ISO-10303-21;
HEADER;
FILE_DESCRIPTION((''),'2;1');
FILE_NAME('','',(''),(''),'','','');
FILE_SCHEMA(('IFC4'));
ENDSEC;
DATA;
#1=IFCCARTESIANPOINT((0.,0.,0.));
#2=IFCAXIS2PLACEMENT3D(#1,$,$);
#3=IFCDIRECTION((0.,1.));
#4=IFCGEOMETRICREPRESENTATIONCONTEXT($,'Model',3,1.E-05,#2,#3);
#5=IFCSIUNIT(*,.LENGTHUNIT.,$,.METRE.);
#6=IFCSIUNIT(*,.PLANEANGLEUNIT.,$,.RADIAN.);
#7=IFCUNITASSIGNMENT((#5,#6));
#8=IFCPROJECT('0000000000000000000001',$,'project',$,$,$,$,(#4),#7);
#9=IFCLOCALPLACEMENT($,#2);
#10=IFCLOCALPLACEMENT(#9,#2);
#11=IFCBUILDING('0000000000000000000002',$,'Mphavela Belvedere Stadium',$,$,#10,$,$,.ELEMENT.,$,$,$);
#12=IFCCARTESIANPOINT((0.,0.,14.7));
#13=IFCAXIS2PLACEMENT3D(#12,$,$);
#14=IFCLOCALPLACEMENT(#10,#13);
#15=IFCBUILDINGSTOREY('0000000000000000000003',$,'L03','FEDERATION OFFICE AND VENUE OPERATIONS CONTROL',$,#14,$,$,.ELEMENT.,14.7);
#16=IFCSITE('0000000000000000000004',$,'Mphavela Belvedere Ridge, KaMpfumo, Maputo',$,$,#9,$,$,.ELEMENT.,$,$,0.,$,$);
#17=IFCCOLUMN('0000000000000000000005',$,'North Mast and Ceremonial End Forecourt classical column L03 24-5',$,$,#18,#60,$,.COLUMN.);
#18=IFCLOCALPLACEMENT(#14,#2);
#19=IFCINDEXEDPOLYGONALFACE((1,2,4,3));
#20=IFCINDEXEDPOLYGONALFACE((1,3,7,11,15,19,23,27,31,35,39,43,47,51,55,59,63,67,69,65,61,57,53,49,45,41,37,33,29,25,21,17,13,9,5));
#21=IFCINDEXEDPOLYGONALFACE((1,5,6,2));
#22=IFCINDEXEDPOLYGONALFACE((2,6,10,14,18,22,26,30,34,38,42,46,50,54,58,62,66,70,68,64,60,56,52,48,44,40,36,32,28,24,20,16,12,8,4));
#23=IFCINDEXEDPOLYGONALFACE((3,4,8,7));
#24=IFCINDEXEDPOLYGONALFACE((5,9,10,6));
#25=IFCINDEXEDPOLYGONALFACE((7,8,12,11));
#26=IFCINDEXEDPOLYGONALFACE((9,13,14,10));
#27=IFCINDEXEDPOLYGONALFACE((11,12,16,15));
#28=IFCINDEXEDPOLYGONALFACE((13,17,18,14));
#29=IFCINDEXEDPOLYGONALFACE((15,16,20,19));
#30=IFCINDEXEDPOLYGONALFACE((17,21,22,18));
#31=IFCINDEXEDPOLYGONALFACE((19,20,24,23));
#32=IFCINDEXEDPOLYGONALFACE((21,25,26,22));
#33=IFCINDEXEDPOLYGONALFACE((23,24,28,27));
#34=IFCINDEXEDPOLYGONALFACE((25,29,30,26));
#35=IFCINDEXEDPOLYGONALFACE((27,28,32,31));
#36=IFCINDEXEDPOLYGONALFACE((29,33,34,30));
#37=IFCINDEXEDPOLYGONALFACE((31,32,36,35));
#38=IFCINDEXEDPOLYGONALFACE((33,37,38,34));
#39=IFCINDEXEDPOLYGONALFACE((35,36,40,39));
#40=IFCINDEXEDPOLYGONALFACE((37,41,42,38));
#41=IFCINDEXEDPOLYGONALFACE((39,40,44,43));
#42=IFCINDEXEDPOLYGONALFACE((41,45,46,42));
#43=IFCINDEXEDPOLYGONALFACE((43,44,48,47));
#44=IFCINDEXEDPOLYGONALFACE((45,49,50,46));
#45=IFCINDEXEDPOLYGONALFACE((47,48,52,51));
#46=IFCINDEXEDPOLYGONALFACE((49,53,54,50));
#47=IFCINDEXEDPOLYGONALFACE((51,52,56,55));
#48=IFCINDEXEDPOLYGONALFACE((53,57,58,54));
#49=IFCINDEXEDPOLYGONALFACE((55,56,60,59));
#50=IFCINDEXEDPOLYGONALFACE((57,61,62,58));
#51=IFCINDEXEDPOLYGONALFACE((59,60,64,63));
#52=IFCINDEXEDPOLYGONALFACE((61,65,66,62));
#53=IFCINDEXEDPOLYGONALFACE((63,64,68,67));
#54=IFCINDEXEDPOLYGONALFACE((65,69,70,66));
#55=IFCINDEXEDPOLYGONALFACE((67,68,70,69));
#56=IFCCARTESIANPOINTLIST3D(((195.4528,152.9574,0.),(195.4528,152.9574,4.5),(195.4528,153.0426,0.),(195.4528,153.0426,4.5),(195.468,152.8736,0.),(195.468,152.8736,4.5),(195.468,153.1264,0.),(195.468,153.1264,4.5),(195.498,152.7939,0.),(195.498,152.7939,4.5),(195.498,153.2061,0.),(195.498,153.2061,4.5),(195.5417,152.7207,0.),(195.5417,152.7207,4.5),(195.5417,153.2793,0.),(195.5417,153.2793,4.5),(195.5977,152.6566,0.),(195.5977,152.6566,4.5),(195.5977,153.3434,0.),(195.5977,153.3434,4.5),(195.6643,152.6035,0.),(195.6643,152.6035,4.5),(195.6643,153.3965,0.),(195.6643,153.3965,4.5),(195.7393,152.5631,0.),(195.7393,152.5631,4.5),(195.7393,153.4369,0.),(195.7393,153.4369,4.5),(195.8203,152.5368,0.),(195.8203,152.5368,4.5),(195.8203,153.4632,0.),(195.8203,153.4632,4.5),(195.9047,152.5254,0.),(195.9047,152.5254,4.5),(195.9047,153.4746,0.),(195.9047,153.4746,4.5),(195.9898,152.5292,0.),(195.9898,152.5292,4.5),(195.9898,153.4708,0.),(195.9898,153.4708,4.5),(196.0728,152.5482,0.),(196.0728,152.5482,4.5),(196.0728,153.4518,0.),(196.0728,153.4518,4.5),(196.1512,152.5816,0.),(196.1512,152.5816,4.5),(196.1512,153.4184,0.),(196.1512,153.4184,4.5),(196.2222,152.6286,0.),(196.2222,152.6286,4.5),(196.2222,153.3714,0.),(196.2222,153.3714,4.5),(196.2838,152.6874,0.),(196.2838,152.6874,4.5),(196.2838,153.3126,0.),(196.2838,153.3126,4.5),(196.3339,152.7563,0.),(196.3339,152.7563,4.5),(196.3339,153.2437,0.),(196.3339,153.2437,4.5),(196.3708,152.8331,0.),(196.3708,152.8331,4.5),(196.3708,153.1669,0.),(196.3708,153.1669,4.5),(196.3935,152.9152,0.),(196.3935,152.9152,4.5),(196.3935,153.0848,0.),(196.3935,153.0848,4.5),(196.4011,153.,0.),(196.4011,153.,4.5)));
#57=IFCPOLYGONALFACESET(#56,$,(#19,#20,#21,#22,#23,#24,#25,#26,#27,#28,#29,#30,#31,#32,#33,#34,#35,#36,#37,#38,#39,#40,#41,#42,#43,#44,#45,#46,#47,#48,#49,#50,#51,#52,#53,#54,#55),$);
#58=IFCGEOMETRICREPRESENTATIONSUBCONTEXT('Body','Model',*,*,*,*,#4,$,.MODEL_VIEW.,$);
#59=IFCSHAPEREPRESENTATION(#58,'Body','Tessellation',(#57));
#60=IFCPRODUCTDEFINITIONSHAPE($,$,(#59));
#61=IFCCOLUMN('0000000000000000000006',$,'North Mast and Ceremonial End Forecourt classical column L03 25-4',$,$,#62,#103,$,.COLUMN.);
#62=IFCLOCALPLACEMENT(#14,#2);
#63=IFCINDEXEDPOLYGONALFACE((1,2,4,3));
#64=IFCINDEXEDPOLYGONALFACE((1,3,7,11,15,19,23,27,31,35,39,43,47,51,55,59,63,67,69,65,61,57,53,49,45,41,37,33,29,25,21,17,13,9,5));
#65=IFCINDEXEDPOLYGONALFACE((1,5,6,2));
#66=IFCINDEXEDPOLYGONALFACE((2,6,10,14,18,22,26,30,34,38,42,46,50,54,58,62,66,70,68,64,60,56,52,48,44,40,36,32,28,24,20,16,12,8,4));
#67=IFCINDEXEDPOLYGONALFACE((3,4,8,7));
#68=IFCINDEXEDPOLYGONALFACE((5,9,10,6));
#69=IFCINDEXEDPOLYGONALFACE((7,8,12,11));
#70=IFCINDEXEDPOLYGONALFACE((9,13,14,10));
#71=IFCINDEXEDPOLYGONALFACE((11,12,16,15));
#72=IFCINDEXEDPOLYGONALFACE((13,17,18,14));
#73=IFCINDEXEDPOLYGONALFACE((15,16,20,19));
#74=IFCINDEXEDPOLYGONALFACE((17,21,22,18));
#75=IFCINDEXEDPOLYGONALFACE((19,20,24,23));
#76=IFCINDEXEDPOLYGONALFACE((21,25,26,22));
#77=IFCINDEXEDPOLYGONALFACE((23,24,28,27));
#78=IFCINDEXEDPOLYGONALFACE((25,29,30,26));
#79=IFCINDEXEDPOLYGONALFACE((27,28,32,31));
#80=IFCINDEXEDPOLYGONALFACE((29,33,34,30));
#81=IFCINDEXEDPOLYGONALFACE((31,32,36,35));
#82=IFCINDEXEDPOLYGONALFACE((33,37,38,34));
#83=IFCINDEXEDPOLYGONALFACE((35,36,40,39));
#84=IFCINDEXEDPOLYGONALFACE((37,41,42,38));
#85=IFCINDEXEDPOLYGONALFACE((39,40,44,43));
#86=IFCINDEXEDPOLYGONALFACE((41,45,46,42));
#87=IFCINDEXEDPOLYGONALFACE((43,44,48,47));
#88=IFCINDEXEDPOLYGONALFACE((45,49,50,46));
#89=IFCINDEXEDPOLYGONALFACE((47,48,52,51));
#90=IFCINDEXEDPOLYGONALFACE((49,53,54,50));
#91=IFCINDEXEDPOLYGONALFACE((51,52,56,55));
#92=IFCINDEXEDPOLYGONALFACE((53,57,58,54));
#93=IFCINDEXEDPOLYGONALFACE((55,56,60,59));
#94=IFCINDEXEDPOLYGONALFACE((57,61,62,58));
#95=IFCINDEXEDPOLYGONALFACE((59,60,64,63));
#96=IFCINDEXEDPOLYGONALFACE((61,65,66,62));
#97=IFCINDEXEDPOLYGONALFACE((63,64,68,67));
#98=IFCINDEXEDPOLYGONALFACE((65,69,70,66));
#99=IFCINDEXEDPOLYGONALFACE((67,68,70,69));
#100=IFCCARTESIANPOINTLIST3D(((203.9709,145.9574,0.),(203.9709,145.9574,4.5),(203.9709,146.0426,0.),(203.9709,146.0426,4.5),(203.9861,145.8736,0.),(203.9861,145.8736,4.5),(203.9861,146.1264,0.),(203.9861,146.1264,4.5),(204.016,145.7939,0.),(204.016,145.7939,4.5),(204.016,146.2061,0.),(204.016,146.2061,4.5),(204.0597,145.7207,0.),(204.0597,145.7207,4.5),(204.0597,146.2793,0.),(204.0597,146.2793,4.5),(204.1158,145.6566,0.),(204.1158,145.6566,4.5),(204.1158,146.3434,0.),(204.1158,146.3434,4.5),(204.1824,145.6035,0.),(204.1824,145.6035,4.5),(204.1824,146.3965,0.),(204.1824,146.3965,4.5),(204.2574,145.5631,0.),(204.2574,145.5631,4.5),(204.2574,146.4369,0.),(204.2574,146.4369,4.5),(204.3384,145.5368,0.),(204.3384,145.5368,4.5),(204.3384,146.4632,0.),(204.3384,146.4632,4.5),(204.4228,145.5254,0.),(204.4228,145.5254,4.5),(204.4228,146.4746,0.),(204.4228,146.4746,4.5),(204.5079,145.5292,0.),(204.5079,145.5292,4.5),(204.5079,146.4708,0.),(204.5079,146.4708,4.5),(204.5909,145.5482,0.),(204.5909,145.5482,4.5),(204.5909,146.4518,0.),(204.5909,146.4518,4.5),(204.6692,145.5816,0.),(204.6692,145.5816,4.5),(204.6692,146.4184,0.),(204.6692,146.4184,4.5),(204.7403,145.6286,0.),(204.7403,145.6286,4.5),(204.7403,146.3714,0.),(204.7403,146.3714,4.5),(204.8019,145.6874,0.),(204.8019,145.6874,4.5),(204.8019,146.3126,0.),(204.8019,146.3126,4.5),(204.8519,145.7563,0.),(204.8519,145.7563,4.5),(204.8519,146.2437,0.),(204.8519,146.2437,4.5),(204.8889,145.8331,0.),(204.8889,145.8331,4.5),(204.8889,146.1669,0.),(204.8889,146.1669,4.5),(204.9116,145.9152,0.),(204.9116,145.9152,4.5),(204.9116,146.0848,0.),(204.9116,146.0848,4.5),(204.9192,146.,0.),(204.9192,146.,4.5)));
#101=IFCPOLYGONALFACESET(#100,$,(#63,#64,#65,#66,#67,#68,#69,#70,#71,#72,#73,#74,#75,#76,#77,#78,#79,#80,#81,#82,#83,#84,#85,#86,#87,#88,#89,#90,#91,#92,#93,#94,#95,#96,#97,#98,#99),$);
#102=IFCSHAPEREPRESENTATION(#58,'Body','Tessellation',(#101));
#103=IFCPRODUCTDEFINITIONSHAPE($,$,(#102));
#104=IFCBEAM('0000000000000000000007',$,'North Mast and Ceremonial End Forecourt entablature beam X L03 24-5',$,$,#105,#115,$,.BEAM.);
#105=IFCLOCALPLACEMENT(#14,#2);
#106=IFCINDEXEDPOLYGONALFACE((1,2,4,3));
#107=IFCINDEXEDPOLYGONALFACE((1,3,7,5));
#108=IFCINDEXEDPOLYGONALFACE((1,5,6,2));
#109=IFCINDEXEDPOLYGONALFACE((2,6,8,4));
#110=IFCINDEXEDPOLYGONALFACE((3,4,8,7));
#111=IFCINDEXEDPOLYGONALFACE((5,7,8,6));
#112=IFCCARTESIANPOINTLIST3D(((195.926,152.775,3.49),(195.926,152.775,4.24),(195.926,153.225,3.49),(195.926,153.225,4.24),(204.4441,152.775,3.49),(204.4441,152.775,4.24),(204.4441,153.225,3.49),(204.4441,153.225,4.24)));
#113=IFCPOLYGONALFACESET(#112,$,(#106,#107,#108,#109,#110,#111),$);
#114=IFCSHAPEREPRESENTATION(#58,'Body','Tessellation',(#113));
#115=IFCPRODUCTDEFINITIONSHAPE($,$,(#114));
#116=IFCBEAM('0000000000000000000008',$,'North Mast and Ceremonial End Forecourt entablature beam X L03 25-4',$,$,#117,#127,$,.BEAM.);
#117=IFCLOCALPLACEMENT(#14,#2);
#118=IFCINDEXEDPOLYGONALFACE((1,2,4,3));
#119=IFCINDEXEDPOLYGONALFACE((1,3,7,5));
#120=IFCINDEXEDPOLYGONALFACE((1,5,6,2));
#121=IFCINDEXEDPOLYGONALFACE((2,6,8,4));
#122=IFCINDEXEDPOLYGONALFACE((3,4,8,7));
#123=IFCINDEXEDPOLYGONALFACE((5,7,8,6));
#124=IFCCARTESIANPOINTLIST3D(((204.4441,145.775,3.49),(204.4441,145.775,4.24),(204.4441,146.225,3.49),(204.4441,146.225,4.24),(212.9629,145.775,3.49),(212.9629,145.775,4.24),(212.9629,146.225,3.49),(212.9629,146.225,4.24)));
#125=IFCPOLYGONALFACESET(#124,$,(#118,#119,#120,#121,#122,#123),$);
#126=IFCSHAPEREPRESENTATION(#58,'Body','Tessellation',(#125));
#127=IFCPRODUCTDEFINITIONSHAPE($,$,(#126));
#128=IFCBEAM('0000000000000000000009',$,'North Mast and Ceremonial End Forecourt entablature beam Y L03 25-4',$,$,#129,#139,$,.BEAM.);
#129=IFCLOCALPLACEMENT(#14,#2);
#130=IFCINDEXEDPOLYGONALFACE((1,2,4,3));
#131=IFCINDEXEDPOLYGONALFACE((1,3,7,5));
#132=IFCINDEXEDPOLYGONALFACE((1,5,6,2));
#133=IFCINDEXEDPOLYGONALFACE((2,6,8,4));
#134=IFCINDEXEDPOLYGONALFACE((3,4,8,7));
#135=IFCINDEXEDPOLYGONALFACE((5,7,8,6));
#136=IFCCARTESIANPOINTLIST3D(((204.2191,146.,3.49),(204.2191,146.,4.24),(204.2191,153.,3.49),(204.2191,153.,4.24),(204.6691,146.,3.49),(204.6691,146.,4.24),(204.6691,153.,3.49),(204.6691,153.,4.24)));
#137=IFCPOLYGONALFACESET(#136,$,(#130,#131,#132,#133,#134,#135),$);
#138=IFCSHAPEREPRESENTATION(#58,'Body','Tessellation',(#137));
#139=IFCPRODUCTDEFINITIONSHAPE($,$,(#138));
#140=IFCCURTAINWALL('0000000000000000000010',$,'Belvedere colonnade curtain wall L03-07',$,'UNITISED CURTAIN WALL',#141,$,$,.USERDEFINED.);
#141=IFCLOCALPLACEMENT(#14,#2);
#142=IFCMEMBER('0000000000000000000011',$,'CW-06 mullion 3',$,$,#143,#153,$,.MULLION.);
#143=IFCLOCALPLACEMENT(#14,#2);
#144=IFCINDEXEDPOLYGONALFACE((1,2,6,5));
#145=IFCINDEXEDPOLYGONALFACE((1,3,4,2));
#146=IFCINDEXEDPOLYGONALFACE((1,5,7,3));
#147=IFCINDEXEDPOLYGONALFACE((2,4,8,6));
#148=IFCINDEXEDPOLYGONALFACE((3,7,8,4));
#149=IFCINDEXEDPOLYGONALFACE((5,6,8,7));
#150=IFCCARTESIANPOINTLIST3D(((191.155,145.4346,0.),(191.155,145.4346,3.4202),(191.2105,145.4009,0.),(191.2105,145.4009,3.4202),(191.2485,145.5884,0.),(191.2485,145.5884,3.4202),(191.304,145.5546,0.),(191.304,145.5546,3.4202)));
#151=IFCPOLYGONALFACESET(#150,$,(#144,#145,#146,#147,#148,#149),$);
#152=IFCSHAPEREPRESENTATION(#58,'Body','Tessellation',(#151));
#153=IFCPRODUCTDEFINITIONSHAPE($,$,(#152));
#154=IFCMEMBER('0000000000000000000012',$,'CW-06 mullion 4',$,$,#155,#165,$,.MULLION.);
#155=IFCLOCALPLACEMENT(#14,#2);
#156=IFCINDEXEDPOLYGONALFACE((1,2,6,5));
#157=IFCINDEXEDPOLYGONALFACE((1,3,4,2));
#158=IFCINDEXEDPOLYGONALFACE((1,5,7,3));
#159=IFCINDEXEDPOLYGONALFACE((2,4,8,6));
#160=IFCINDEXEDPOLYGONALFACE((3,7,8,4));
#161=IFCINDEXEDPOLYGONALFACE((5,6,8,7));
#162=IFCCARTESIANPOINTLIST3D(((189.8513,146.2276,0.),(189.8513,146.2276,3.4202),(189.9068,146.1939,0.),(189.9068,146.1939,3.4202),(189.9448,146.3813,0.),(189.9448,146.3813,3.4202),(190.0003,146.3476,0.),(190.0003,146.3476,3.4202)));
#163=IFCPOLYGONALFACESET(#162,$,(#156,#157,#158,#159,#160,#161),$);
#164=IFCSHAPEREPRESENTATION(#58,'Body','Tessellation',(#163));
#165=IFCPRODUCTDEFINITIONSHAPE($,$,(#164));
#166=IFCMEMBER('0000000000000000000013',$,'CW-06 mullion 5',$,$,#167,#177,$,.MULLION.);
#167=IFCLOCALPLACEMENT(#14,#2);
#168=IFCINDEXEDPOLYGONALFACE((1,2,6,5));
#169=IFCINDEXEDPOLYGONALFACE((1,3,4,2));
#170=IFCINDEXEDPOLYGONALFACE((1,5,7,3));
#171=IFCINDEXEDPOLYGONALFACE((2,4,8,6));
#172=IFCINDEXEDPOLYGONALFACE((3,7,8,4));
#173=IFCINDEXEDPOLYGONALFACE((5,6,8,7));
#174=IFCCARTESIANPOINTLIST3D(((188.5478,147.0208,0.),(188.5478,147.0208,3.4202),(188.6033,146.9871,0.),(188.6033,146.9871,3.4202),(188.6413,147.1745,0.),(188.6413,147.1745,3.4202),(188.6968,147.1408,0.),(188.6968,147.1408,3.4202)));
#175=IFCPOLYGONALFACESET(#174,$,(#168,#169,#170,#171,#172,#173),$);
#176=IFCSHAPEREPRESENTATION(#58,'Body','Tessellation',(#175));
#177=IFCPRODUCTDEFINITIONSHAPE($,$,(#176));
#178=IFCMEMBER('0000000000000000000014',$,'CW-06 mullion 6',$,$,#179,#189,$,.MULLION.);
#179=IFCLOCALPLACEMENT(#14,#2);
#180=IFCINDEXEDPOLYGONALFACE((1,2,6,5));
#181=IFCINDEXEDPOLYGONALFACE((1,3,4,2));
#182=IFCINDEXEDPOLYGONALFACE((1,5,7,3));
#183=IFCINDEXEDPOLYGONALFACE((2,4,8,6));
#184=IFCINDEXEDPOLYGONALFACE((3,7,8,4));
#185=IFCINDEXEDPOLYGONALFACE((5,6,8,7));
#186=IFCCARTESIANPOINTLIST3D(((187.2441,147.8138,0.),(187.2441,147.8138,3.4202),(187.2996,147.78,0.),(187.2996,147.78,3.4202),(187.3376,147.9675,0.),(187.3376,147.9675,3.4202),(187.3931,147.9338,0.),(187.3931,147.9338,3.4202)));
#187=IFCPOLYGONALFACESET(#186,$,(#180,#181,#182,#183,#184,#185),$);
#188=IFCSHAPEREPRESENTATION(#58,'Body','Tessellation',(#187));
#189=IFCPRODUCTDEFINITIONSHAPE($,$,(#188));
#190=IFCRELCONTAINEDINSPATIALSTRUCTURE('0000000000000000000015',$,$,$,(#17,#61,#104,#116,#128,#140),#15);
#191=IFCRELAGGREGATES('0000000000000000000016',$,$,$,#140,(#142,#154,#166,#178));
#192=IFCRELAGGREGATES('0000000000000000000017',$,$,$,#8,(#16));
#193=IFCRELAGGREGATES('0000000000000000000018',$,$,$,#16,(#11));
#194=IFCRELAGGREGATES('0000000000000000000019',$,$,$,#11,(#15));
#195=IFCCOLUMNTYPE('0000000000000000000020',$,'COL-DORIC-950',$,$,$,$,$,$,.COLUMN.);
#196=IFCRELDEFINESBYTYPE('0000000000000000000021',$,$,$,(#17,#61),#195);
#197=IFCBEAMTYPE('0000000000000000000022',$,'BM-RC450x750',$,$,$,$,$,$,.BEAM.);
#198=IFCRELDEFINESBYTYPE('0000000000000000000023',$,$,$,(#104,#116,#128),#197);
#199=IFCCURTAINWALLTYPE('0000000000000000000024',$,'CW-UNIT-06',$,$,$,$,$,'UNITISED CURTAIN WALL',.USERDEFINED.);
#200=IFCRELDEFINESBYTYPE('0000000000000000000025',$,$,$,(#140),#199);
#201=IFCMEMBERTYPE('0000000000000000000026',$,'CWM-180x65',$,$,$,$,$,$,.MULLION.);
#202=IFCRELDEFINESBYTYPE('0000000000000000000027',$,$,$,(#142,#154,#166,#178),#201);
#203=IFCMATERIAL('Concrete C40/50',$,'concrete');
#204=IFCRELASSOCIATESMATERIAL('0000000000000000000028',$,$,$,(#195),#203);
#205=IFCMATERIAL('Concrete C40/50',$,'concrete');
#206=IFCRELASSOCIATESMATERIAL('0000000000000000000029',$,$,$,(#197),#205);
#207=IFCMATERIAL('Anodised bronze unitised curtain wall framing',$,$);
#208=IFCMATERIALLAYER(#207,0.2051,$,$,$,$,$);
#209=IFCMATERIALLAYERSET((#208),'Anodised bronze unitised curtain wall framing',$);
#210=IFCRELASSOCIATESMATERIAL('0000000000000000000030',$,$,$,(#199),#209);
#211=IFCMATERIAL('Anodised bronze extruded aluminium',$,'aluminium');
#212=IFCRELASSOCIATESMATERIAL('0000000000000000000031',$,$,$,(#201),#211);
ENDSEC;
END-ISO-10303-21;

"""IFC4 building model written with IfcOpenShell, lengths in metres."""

from ifc_helpers import new_model, si_unit, direction, frame, origin, origin_2d, place, context, subcontext, project, spatial, rectangle, circle, extrude, material, layer, layer_set, material_profile, profile_set, type_object, element, aggregate, save


model = new_model("IFC4")

# Units and contexts
model_context = context("Model", 3, precision=1e-05, world=origin(), true_north=direction((0.0, 1.0)))
body_context = subcontext(model_context, "Body", "Model", "MODEL_VIEW")
ifc_project = project(units=[si_unit("LENGTHUNIT", "METRE"), si_unit("PLANEANGLEUNIT", "RADIAN")], contexts=[model_context])

# Site, building, storey
site_placement = place(None, origin())
site = spatial("IfcSite", under=ifc_project, at=site_placement, Name="Mphavela Belvedere Ridge, KaMpfumo, Maputo", CompositionType="ELEMENT", RefElevation=0.0)
building_placement = place(site_placement, origin())
building = spatial("IfcBuilding", under=site, at=building_placement, Name="Mphavela Belvedere Stadium", CompositionType="ELEMENT")
storey_placement = place(building_placement, frame((0.0, 0.0, 14.7)))
storey = spatial("IfcBuildingStorey", under=building, at=storey_placement, Name="L03", Description="FEDERATION OFFICE AND VENUE OPERATIONS CONTROL", CompositionType="ELEMENT", Elevation=14.7)

# Columns
ifc_material_1 = material(Name="Concrete C40/50", Category="concrete")
ifc_material_profile_1 = material_profile(ifc_material_1, circle(Radius=0.4751, at=origin_2d()), Name="COL D950")
ifc_profile_set_1 = profile_set([ifc_material_profile_1], Name="Concrete C40/50")
column_type = type_object("IfcColumnType", Name="COL-DORIC-950", PredefinedType="COLUMN", material=ifc_profile_set_1)
for number, where, z_axis, x_axis, name in (
    (1, (195.926, 153.0, 0.0), (0.0, 0.0, 1.0), (1.0, 0.0, 0.0), "North Mast and Ceremonial End Forecourt classical column L03 24-5"),
    (2, (204.4441, 146.0, 0.0), (0.0, 0.0, 1.0), (1.0, 0.0, 0.0), "North Mast and Ceremonial End Forecourt classical column L03 25-4"),
):
    element("IfcColumn", number, at=place(storey_placement, frame(where, z_axis=z_axis, x_axis=x_axis)), inside=storey, type_object=column_type, Name=name, PredefinedType="COLUMN", context=body_context, shape_type="SweptSolid", body=[
        extrude(circle(Radius=0.4751, at=origin_2d()), origin(), (0.0, 0.0, 1.0), 4.5),
    ])

# Beams
ifc_material_2 = material(Name="Concrete C40/50", Category="concrete")
ifc_material_profile_2 = material_profile(ifc_material_2, rectangle(XDim=0.45, YDim=0.75, at=origin_2d()), Name="RC 450x750")
ifc_profile_set_2 = profile_set([ifc_material_profile_2], Name="Concrete C40/50")
beam_type = type_object("IfcBeamType", Name="BM-RC450x750", PredefinedType="BEAM", material=ifc_profile_set_2)
beam_1_placement = place(storey_placement, frame((195.926, 153.0, 3.865), z_axis=(1.0, 0.0, 0.0), x_axis=(0.0, 1.0, 0.0)))
element("IfcBeam", 3, at=beam_1_placement, inside=storey, type_object=beam_type, Name="North Mast and Ceremonial End Forecourt entablature beam X L03 24-5", PredefinedType="BEAM", context=body_context, shape_type="SweptSolid", body=[
    extrude(rectangle(XDim=0.45, YDim=0.75, at=origin_2d()), origin(), (0.0, 0.0, 1.0), 8.5181),
])
beam_2_placement = place(storey_placement, frame((204.4441, 146.0, 3.865), z_axis=(1.0, 0.0, 0.0), x_axis=(0.0, 1.0, 0.0)))
element("IfcBeam", 4, at=beam_2_placement, inside=storey, type_object=beam_type, Name="North Mast and Ceremonial End Forecourt entablature beam X L03 25-4", PredefinedType="BEAM", context=body_context, shape_type="SweptSolid", body=[
    extrude(rectangle(XDim=0.45, YDim=0.75, at=origin_2d()), origin(), (0.0, 0.0, 1.0), 8.5188),
])
beam_3_placement = place(storey_placement, frame((204.4441, 146.0, 3.865), z_axis=(0.0, 1.0, 0.0), x_axis=(-1.0, 0.0, 0.0)))
element("IfcBeam", 5, at=beam_3_placement, inside=storey, type_object=beam_type, Name="North Mast and Ceremonial End Forecourt entablature beam Y L03 25-4", PredefinedType="BEAM", context=body_context, shape_type="SweptSolid", body=[
    extrude(rectangle(XDim=0.45, YDim=0.75, at=origin_2d()), origin(), (0.0, 0.0, 1.0), 7.0),
])

# Curtain wall, members
ifc_material_3 = material(Name="Anodised bronze unitised curtain wall framing")
ifc_layer_1 = layer(ifc_material_3, 0.2051)
ifc_layer_set_1 = layer_set([ifc_layer_1], Name="Anodised bronze unitised curtain wall framing")
curtain_wall_type = type_object("IfcCurtainWallType", Name="CW-UNIT-06", ElementType="UNITISED CURTAIN WALL", PredefinedType="USERDEFINED", material=ifc_layer_set_1)
curtain_wall_placement = place(storey_placement, origin())
curtain_wall = element("IfcCurtainWall", 6, at=curtain_wall_placement, inside=storey, type_object=curtain_wall_type, Name="Belvedere colonnade curtain wall L03-07", ObjectType="UNITISED CURTAIN WALL", PredefinedType="USERDEFINED")
ifc_material_4 = material(Name="Anodised bronze extruded aluminium", Category="aluminium")
ifc_material_profile_3 = material_profile(ifc_material_4, rectangle(XDim=0.1799, YDim=0.0649, at=origin_2d()), Name="CW-MUL 180x65")
ifc_profile_set_3 = profile_set([ifc_material_profile_3], Name="Anodised bronze extruded aluminium")
member_type_1 = type_object("IfcMemberType", Name="CWM-180x65", PredefinedType="MULLION", material=ifc_profile_set_3)
member_1_placement = place(storey_placement, frame((191.2295, 145.4946, 0.0), z_axis=(0.0, 0.0, 1.0), x_axis=(-0.519738, -0.854325, 0.0)))
member_1 = element("IfcMember", 7, at=member_1_placement, type_object=member_type_1, Name="CW-06 mullion 3", PredefinedType="MULLION", context=body_context, shape_type="SweptSolid", body=[
    extrude(rectangle(XDim=0.1799, YDim=0.0649, at=origin_2d()), origin(), (0.0, 0.0, 1.0), 3.4202),
])
member_2_placement = place(storey_placement, frame((189.9258, 146.2876, 0.0), z_axis=(0.0, 0.0, 1.0), x_axis=(-0.519738, -0.854325, 0.0)))
member_2 = element("IfcMember", 8, at=member_2_placement, type_object=member_type_1, Name="CW-06 mullion 4", PredefinedType="MULLION", context=body_context, shape_type="SweptSolid", body=[
    extrude(rectangle(XDim=0.1799, YDim=0.0649, at=origin_2d()), origin(), (0.0, 0.0, 1.0), 3.4202),
])
member_3_placement = place(storey_placement, frame((188.6223, 147.0808, 0.0), z_axis=(0.0, 0.0, 1.0), x_axis=(-0.519738, -0.854325, 0.0)))
member_3 = element("IfcMember", 9, at=member_3_placement, type_object=member_type_1, Name="CW-06 mullion 5", PredefinedType="MULLION", context=body_context, shape_type="SweptSolid", body=[
    extrude(rectangle(XDim=0.1799, YDim=0.0649, at=origin_2d()), origin(), (0.0, 0.0, 1.0), 3.4202),
])
member_4_placement = place(storey_placement, frame((187.3186, 147.8738, 0.0), z_axis=(0.0, 0.0, 1.0), x_axis=(-0.519738, -0.854325, 0.0)))
member_4 = element("IfcMember", 10, at=member_4_placement, type_object=member_type_1, Name="CW-06 mullion 6", PredefinedType="MULLION", context=body_context, shape_type="SweptSolid", body=[
    extrude(rectangle(XDim=0.1799, YDim=0.0649, at=origin_2d()), origin(), (0.0, 0.0, 1.0), 3.4202),
])
aggregate(curtain_wall, [member_1, member_2, member_3, member_4])

save(model, "model.ifc")
